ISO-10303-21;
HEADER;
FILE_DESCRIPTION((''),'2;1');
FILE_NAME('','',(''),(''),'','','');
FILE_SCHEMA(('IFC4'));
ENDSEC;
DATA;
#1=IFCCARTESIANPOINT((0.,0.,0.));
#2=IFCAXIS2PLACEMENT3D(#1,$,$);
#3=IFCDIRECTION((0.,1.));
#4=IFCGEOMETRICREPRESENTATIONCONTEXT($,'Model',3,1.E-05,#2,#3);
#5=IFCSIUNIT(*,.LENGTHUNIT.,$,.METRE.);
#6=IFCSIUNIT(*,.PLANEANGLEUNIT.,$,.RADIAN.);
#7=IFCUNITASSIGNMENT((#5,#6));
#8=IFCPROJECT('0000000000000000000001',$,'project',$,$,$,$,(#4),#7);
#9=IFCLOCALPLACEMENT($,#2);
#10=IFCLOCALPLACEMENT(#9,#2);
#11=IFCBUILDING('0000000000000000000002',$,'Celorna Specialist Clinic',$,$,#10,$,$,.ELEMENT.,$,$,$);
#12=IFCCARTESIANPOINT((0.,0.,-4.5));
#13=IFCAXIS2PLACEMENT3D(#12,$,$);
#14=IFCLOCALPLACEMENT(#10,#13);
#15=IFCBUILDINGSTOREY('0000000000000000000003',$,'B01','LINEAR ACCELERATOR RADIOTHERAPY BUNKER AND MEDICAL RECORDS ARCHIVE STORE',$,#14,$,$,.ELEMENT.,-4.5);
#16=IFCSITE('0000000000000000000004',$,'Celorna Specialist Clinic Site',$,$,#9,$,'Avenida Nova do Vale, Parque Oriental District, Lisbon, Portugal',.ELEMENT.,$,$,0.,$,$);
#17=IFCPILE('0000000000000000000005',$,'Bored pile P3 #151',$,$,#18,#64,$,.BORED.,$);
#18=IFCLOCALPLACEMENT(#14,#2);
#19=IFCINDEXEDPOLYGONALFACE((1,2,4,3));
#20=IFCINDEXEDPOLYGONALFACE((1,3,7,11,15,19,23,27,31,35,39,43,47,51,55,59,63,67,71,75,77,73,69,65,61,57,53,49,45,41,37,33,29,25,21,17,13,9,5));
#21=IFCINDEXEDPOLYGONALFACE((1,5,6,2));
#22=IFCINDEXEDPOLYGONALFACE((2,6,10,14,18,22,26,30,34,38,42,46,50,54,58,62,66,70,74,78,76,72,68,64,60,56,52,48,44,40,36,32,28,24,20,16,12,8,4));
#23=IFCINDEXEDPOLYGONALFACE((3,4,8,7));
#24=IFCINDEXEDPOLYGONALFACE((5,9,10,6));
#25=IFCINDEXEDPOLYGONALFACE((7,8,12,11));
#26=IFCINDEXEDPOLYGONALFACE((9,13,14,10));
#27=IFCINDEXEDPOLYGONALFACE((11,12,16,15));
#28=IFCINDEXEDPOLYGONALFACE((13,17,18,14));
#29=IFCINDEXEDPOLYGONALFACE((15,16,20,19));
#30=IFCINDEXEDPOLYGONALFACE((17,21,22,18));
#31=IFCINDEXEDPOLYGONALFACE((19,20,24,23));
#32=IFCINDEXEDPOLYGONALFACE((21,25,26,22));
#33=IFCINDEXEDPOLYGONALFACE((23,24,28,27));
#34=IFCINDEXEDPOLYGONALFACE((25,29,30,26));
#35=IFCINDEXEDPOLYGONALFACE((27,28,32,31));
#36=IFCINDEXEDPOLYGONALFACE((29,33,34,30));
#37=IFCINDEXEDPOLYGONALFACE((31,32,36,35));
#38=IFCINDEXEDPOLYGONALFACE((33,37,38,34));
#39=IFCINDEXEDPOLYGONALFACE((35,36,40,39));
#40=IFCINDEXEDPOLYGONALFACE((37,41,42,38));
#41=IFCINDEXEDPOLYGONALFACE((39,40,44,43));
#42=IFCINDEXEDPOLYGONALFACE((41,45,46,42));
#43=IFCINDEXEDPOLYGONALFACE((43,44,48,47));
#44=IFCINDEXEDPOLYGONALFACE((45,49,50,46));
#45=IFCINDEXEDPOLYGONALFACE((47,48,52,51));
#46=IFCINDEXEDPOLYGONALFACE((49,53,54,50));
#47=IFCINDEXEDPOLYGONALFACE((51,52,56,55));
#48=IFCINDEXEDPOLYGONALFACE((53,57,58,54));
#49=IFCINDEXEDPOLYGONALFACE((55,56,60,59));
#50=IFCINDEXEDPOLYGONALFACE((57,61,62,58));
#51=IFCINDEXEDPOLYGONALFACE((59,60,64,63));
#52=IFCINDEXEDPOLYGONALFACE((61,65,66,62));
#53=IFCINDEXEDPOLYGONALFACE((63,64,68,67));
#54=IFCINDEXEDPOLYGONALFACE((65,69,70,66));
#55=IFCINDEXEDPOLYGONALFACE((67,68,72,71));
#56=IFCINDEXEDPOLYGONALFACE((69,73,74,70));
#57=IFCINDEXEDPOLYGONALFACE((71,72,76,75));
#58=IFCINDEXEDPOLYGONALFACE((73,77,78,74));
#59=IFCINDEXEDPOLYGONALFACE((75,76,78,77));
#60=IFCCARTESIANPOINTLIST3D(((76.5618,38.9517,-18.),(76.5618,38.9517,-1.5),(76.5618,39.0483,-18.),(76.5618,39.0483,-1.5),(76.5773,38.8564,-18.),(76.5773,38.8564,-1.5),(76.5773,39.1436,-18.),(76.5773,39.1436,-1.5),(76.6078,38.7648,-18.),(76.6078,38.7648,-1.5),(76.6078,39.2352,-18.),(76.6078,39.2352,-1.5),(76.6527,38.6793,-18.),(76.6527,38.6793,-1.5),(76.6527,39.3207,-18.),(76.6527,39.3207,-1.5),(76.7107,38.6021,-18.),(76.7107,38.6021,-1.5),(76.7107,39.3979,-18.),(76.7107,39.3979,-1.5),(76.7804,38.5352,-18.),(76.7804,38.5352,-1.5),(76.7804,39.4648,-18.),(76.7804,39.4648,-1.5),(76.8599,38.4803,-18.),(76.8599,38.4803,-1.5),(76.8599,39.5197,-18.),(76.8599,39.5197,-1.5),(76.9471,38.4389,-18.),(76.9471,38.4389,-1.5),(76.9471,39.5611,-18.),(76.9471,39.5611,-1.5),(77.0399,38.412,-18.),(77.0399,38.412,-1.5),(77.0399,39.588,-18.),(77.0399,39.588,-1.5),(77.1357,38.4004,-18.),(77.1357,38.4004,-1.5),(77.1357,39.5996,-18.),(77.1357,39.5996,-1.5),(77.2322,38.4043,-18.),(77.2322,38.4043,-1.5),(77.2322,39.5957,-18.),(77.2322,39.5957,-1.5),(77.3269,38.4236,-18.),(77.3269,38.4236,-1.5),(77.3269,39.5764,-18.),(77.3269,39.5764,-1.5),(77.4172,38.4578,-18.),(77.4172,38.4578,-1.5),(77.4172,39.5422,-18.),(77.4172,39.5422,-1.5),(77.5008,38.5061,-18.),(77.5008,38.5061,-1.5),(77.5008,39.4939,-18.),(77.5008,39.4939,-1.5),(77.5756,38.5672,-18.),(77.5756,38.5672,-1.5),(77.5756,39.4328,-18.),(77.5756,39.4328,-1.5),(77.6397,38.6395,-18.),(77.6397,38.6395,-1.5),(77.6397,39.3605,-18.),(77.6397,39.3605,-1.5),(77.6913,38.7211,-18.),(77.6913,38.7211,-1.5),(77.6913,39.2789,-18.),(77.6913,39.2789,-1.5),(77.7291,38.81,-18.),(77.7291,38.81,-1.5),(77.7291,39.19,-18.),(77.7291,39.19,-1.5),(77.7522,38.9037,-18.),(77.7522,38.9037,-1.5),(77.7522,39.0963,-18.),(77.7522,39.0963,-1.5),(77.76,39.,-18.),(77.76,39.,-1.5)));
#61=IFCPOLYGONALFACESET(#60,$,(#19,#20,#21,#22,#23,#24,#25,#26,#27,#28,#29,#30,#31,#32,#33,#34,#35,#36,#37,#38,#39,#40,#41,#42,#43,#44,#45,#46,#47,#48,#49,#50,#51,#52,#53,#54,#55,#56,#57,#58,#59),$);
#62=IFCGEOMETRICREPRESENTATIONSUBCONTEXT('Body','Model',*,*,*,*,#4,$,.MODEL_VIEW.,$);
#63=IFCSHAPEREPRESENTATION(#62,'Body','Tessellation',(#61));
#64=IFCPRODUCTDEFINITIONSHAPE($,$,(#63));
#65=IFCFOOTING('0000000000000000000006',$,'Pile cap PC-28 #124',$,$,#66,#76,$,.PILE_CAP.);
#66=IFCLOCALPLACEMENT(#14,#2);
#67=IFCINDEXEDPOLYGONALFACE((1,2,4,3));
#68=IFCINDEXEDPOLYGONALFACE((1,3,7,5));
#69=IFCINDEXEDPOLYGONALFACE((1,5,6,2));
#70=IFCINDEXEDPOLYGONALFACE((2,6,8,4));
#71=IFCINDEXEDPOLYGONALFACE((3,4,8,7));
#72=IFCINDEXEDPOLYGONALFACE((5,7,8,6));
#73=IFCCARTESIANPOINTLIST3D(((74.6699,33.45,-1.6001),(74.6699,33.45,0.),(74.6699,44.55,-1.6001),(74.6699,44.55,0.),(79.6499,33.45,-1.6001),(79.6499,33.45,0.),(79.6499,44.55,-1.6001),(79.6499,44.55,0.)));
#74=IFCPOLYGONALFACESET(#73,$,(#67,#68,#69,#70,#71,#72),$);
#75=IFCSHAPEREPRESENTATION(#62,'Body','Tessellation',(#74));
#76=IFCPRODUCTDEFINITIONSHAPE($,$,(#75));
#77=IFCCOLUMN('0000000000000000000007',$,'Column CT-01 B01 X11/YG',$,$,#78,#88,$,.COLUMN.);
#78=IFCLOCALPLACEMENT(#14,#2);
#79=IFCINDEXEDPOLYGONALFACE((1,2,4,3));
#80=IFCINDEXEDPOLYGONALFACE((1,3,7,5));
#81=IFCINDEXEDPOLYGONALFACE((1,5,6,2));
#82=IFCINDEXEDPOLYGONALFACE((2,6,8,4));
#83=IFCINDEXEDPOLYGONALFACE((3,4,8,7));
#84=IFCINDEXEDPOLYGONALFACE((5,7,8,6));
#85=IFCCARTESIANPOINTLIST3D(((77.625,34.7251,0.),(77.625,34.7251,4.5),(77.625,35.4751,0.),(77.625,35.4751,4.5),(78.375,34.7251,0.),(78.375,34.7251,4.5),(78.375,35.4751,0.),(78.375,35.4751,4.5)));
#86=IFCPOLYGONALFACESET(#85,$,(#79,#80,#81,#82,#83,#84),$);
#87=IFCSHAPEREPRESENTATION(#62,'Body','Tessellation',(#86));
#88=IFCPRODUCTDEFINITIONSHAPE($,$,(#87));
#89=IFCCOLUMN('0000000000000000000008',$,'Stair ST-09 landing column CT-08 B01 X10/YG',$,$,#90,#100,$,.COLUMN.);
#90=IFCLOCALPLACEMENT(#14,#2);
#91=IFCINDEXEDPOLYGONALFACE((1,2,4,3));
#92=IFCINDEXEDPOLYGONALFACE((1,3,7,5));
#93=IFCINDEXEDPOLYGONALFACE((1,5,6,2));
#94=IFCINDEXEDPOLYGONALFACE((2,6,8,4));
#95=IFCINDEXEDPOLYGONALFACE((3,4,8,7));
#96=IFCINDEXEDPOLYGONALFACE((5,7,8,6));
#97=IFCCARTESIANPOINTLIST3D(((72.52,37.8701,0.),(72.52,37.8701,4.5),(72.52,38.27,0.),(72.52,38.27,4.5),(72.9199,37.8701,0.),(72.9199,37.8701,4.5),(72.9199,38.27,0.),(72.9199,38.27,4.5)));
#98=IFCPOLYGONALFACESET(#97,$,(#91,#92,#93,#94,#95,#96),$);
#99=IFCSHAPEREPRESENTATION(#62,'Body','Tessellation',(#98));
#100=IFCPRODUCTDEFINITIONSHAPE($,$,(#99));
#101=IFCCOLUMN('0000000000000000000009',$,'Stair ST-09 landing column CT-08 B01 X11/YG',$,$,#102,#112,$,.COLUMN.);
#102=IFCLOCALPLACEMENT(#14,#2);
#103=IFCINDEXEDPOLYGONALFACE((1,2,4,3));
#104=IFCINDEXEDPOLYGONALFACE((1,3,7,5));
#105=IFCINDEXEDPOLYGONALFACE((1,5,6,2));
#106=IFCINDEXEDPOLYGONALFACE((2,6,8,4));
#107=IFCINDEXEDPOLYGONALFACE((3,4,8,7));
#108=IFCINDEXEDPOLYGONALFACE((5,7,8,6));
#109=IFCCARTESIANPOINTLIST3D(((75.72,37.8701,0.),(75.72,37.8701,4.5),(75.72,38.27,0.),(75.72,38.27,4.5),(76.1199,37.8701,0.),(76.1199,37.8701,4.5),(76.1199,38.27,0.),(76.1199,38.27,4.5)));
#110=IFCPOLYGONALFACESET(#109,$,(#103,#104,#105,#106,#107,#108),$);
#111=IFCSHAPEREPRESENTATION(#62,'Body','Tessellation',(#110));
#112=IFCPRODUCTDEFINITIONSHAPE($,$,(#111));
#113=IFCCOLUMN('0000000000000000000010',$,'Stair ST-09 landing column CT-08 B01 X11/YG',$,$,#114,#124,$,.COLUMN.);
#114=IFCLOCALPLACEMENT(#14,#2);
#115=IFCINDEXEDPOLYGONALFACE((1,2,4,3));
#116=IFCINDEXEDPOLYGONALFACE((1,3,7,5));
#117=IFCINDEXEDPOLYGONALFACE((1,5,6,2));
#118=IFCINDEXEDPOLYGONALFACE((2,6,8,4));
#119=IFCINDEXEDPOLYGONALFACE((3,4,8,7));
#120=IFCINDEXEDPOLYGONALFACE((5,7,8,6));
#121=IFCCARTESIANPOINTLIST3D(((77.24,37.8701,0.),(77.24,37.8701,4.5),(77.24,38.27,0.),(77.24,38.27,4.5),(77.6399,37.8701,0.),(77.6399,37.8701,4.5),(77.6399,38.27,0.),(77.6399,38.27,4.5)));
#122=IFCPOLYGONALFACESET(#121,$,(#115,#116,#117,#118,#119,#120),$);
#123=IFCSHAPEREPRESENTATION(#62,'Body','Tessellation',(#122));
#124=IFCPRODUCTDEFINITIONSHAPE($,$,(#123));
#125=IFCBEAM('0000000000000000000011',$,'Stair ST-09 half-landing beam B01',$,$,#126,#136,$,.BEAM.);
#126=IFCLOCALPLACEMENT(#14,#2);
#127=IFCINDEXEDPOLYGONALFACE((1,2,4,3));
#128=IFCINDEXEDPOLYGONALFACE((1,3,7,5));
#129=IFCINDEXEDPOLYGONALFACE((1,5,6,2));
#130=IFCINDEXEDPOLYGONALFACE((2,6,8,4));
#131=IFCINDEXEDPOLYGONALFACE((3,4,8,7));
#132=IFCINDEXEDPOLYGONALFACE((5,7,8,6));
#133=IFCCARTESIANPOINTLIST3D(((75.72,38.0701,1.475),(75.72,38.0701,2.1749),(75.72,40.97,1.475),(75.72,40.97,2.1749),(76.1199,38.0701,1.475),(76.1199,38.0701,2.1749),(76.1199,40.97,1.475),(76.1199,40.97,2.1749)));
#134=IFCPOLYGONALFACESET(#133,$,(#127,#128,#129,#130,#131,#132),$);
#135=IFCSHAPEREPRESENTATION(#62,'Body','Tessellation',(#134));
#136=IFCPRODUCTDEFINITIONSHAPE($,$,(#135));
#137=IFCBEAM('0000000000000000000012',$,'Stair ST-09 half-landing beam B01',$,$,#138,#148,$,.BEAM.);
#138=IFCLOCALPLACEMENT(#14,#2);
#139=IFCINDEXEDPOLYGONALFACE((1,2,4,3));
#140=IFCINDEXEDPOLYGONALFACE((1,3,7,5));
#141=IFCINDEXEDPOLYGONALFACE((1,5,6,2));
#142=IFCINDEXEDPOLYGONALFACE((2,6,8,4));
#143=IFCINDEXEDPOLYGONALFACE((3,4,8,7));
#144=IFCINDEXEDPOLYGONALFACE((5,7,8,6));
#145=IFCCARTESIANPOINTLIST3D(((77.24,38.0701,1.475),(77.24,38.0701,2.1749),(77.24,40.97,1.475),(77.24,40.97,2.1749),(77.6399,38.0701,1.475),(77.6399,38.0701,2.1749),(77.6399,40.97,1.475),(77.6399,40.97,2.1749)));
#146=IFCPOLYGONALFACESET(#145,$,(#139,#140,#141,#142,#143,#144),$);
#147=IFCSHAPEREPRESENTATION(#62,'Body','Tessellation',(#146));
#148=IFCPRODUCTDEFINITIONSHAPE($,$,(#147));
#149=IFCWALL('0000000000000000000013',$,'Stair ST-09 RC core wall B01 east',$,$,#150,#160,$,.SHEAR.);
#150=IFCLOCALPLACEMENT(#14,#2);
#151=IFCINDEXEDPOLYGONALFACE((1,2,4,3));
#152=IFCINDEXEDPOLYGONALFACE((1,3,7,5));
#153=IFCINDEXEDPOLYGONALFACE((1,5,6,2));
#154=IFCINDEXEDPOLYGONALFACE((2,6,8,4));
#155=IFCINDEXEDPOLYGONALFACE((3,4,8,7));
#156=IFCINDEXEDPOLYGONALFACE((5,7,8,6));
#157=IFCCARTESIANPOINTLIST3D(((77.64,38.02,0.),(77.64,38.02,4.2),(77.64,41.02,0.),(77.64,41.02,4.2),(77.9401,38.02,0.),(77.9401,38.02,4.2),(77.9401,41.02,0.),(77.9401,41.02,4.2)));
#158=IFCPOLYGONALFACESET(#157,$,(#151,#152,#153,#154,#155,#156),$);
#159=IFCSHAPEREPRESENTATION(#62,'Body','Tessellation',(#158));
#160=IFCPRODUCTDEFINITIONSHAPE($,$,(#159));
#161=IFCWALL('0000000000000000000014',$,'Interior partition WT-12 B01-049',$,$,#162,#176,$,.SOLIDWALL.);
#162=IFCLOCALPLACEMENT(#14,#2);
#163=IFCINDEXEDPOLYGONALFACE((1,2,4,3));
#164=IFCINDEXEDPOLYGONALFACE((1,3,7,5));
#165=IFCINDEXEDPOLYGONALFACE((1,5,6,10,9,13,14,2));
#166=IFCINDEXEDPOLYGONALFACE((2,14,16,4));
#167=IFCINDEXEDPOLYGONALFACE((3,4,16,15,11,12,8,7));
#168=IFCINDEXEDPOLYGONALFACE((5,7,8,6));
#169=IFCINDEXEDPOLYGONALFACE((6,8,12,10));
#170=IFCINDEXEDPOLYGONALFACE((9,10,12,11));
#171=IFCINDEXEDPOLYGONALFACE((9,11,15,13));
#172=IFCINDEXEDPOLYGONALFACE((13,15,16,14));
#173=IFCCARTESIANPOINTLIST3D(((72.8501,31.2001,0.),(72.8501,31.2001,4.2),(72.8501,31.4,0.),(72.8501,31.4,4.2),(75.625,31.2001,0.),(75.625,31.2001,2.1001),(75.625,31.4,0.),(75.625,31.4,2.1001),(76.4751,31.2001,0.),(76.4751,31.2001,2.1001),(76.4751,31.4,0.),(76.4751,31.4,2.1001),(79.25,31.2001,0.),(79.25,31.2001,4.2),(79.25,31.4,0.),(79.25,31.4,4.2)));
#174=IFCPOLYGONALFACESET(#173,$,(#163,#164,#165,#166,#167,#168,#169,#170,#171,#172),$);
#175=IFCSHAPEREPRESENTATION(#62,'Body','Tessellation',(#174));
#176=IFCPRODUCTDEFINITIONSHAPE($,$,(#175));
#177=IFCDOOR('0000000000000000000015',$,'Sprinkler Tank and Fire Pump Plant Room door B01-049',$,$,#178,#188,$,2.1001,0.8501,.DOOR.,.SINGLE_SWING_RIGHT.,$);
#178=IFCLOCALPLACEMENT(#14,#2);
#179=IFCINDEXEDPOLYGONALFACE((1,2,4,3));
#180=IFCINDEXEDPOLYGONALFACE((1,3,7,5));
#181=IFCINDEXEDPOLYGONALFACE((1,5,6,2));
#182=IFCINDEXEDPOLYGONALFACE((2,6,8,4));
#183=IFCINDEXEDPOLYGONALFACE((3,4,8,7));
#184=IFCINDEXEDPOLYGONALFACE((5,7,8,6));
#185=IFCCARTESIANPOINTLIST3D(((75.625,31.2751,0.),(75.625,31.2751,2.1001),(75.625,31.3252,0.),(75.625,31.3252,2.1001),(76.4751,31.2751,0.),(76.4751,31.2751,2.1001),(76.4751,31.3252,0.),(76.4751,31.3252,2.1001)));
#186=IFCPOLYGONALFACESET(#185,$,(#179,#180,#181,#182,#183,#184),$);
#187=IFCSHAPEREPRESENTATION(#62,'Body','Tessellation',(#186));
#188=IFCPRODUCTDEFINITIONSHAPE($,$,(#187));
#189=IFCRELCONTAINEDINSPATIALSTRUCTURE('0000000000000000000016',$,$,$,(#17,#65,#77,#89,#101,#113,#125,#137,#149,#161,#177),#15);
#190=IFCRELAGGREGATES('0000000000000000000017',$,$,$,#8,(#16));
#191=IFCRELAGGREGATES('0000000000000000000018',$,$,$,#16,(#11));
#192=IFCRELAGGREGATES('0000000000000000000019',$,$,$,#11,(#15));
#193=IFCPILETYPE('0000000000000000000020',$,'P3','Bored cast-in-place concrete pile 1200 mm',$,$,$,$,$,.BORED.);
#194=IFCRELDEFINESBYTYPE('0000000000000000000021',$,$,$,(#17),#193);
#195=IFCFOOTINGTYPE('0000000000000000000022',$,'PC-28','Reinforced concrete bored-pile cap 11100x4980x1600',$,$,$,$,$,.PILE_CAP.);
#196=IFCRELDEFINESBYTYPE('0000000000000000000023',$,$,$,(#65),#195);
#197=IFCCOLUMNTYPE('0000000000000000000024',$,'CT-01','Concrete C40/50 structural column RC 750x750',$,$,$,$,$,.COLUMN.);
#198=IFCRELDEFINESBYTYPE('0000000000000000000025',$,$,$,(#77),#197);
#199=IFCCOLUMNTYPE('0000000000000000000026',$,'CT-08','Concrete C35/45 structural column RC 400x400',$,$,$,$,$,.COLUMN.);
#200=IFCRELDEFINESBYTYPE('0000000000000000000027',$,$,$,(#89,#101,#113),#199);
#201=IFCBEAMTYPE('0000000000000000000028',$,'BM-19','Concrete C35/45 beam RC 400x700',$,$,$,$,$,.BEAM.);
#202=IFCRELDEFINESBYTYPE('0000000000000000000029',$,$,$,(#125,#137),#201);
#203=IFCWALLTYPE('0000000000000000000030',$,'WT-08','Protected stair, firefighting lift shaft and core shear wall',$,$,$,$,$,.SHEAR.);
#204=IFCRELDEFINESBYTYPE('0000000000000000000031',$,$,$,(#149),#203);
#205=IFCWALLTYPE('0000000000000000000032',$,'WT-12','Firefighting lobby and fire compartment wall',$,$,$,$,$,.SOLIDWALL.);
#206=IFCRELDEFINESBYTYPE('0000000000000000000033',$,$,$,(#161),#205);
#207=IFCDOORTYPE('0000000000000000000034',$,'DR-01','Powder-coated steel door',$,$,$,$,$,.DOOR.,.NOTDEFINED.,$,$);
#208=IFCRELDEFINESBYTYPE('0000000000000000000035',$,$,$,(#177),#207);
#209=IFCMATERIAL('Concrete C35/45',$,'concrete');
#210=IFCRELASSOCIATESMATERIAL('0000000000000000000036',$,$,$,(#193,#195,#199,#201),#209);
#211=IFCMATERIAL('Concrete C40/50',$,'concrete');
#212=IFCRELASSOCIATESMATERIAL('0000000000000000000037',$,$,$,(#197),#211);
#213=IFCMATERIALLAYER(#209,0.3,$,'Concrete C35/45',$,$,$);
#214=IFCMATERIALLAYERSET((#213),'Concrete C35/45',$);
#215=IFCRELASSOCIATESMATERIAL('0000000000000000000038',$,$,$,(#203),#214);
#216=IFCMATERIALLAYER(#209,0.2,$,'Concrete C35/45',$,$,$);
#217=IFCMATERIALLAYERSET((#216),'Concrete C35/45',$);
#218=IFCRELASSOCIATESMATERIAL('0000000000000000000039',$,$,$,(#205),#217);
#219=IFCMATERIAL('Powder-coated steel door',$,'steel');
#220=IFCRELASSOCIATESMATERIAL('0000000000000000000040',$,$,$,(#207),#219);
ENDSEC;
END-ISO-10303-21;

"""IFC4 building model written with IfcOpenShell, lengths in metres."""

from ifc_helpers import new_model, si_unit, direction, frame, frame_2d, origin, origin_2d, place, context, subcontext, project, spatial, rectangle, circle, extrude, material, layer, layer_set, material_profile, profile_set, type_object, element, fill, save


model = new_model("IFC4")

# Units and contexts
model_context = context("Model", 3, precision=1e-05, world=origin(), true_north=direction((0.0, 1.0)))
body_context = subcontext(model_context, "Body", "Model", "MODEL_VIEW")
ifc_project = project(units=[si_unit("LENGTHUNIT", "METRE"), si_unit("PLANEANGLEUNIT", "RADIAN")], contexts=[model_context])

# Site, building, storey
site_placement = place(None, origin())
site = spatial("IfcSite", under=ifc_project, at=site_placement, Name="Celorna Specialist Clinic Site", LongName="Avenida Nova do Vale, Parque Oriental District, Lisbon, Portugal", CompositionType="ELEMENT", RefElevation=0.0)
building_placement = place(site_placement, origin())
building = spatial("IfcBuilding", under=site, at=building_placement, Name="Celorna Specialist Clinic", CompositionType="ELEMENT")
storey_placement = place(building_placement, frame((0.0, 0.0, -4.5)))
storey = spatial("IfcBuildingStorey", under=building, at=storey_placement, Name="B01", Description="LINEAR ACCELERATOR RADIOTHERAPY BUNKER AND MEDICAL RECORDS ARCHIVE STORE", CompositionType="ELEMENT", Elevation=-4.5)

# Shared definitions
ifc_material_1 = material(Name="Concrete C35/45", Category="concrete")

# Pile
ifc_material_profile_1 = material_profile(ifc_material_1, circle(Radius=0.6001, at=origin_2d()), Name="BORED PILE 1200")
ifc_profile_set_1 = profile_set([ifc_material_profile_1], Name="Concrete C35/45")
pile_type = type_object("IfcPileType", Name="P3", Description="Bored cast-in-place concrete pile 1200 mm", PredefinedType="BORED", material=ifc_profile_set_1)
for number, where, z_axis, x_axis, name in (
    (1, (77.1599, 39.0, -1.5), (0.0, 0.0, -1.0), (1.0, 0.0, 0.0), "Bored pile P3 #151"),
):
    element("IfcPile", number, at=place(storey_placement, frame(where, z_axis=z_axis, x_axis=x_axis)), inside=storey, type_object=pile_type, Name=name, PredefinedType="BORED", context=body_context, shape_type="SweptSolid", body=[
        extrude(circle(Radius=0.6001, at=origin_2d()), origin(), (0.0, 0.0, 1.0), 16.5),
    ])

# Footing
footing_type_1 = type_object("IfcFootingType", Name="PC-28", Description="Reinforced concrete bored-pile cap 11100x4980x1600", PredefinedType="PILE_CAP", material=ifc_material_1)
footing_1_placement = place(storey_placement, frame((77.1599, 39.0, -1.6001), z_axis=(0.0, 0.0, 1.0), x_axis=(1.0, 0.0, 0.0)))
element("IfcFooting", 2, at=footing_1_placement, inside=storey, type_object=footing_type_1, Name="Pile cap PC-28 #124", PredefinedType="PILE_CAP", context=body_context, shape_type="SweptSolid", body=[
    extrude(rectangle(XDim=4.98, YDim=11.1001, at=origin_2d()), origin(), (0.0, 0.0, 1.0), 1.6001),
])

# Columns
ifc_material_2 = material(Name="Concrete C40/50", Category="concrete")
ifc_material_profile_2 = material_profile(ifc_material_2, rectangle(XDim=0.75, YDim=0.75, at=origin_2d()), Name="RC 750x750")
ifc_profile_set_2 = profile_set([ifc_material_profile_2], Name="Concrete C40/50")
column_type_1 = type_object("IfcColumnType", Name="CT-01", Description="Concrete C40/50 structural column RC 750x750", PredefinedType="COLUMN", material=ifc_profile_set_2)
column_placement = place(storey_placement, frame((78.0, 35.1001, 0.0), z_axis=(0.0, 0.0, 1.0), x_axis=(1.0, 0.0, 0.0)))
element("IfcColumn", 3, at=column_placement, inside=storey, type_object=column_type_1, Name="Column CT-01 B01 X11/YG", PredefinedType="COLUMN", context=body_context, shape_type="SweptSolid", body=[
    extrude(rectangle(XDim=0.75, YDim=0.75, at=origin_2d()), origin(), (0.0, 0.0, 1.0), 4.5),
])
ifc_material_profile_3 = material_profile(ifc_material_1, rectangle(XDim=0.3999, YDim=0.3999, at=origin_2d()), Name="RC 400x400")
ifc_profile_set_3 = profile_set([ifc_material_profile_3], Name="Concrete C35/45")
column_type_2 = type_object("IfcColumnType", Name="CT-08", Description="Concrete C35/45 structural column RC 400x400", PredefinedType="COLUMN", material=ifc_profile_set_3)
for number, where, z_axis, x_axis, name in (
    (4, (72.72, 38.0701, 0.0), (0.0, 0.0, 1.0), (1.0, 0.0, 0.0), "Stair ST-09 landing column CT-08 B01 X10/YG"),
    (5, (75.9199, 38.0701, 0.0), (0.0, 0.0, 1.0), (1.0, 0.0, 0.0), "Stair ST-09 landing column CT-08 B01 X11/YG"),
    (6, (77.4399, 38.0701, 0.0), (0.0, 0.0, 1.0), (1.0, 0.0, 0.0), "Stair ST-09 landing column CT-08 B01 X11/YG"),
):
    element("IfcColumn", number, at=place(storey_placement, frame(where, z_axis=z_axis, x_axis=x_axis)), inside=storey, type_object=column_type_2, Name=name, PredefinedType="COLUMN", context=body_context, shape_type="SweptSolid", body=[
        extrude(rectangle(XDim=0.3999, YDim=0.3999, at=origin_2d()), origin(), (0.0, 0.0, 1.0), 4.5),
    ])

# Beams
ifc_material_profile_4 = material_profile(ifc_material_1, rectangle(XDim=0.3999, YDim=0.7, at=origin_2d()), Name="RC 400x700")
ifc_profile_set_4 = profile_set([ifc_material_profile_4], Name="Concrete C35/45")
beam_type = type_object("IfcBeamType", Name="BM-19", Description="Concrete C35/45 beam RC 400x700", PredefinedType="BEAM", material=ifc_profile_set_4)
for number, where, z_axis, x_axis, name in (
    (7, (75.9199, 38.0701, 1.825), (0.0, 1.0, 0.0), (-1.0, 0.0, 0.0), "Stair ST-09 half-landing beam B01"),
    (8, (77.4399, 38.0701, 1.825), (0.0, 1.0, 0.0), (-1.0, 0.0, 0.0), "Stair ST-09 half-landing beam B01"),
):
    element("IfcBeam", number, at=place(storey_placement, frame(where, z_axis=z_axis, x_axis=x_axis)), inside=storey, type_object=beam_type, Name=name, PredefinedType="BEAM", context=body_context, shape_type="SweptSolid", body=[
        extrude(rectangle(XDim=0.3999, YDim=0.7, at=origin_2d()), origin(), (0.0, 0.0, 1.0), 2.8999),
    ])

# Wall
ifc_layer_1 = layer(ifc_material_1, 0.3, Name="Concrete C35/45")
ifc_layer_set_1 = layer_set([ifc_layer_1], Name="Concrete C35/45")
wall_type_1 = type_object("IfcWallType", Name="WT-08", Description="Protected stair, firefighting lift shaft and core shear wall", PredefinedType="SHEAR", material=ifc_layer_set_1)
wall_1_placement = place(storey_placement, frame((77.79, 38.02, 0.0), z_axis=(0.0, 0.0, 1.0), x_axis=(0.0, 1.0, 0.0)))
element("IfcWall", 9, at=wall_1_placement, inside=storey, type_object=wall_type_1, Name="Stair ST-09 RC core wall B01 east", PredefinedType="SHEAR", context=body_context, shape_type="SweptSolid", body=[
    extrude(rectangle(XDim=3.0, YDim=0.3, at=frame_2d((1.5, 0.0))), origin(), (0.0, 0.0, 1.0), 4.2),
])

# Wall, opening, door
ifc_layer_2 = layer(ifc_material_1, 0.2, Name="Concrete C35/45")
ifc_layer_set_2 = layer_set([ifc_layer_2], Name="Concrete C35/45")
wall_type_2 = type_object("IfcWallType", Name="WT-12", Description="Firefighting lobby and fire compartment wall", PredefinedType="SOLIDWALL", material=ifc_layer_set_2)
wall_2_placement = place(storey_placement, frame((79.25, 31.3, 0.0), z_axis=(0.0, 0.0, 1.0), x_axis=(-1.0, 0.0, 0.0)))
wall_2 = element("IfcWall", 10, at=wall_2_placement, inside=storey, type_object=wall_type_2, Name="Interior partition WT-12 B01-049", PredefinedType="SOLIDWALL", context=body_context, shape_type="SweptSolid", body=[
    extrude(rectangle(XDim=6.3999, YDim=0.2, at=frame_2d((3.2, 0.0))), origin(), (0.0, 0.0, 1.0), 4.2),
])
opening_1_placement = place(wall_2_placement, frame((2.7749, 0.0, 0.0)))
opening_1 = element("IfcOpeningElement", 11, at=opening_1_placement, cuts=wall_2, PredefinedType="OPENING", context=body_context, shape_type="SweptSolid", body=[
    extrude(rectangle(XDim=0.8501, YDim=2.1001, at=frame_2d((0.425, 1.05))), frame((0.0, 0.1099, 0.0), z_axis=(0.0, -1.0, 0.0), x_axis=(1.0, 0.0, 0.0)), (0.0, 0.0, 1.0), 0.22),
])
ifc_material_3 = material(Name="Powder-coated steel door", Category="steel")
door_type_1 = type_object("IfcDoorType", Name="DR-01", Description="Powder-coated steel door", OperationType="NOTDEFINED", PredefinedType="DOOR", material=ifc_material_3)
door_1_placement = place(opening_1_placement, origin())
door_1 = element("IfcDoor", 12, at=door_1_placement, inside=storey, type_object=door_type_1, Name="Sprinkler Tank and Fire Pump Plant Room door B01-049", OperationType="SINGLE_SWING_RIGHT", OverallHeight=2.1001, OverallWidth=0.8501, PredefinedType="DOOR", context=body_context, shape_type="SweptSolid", body=[
    extrude(rectangle(XDim=0.8501, YDim=2.1001, at=frame_2d((0.425, 1.05))), frame((0.0, 0.0249, 0.0), z_axis=(0.0, -1.0, 0.0), x_axis=(1.0, 0.0, 0.0)), (0.0, 0.0, 1.0), 0.05),
])
fill(opening_1, door_1)

save(model, "model.ifc")
